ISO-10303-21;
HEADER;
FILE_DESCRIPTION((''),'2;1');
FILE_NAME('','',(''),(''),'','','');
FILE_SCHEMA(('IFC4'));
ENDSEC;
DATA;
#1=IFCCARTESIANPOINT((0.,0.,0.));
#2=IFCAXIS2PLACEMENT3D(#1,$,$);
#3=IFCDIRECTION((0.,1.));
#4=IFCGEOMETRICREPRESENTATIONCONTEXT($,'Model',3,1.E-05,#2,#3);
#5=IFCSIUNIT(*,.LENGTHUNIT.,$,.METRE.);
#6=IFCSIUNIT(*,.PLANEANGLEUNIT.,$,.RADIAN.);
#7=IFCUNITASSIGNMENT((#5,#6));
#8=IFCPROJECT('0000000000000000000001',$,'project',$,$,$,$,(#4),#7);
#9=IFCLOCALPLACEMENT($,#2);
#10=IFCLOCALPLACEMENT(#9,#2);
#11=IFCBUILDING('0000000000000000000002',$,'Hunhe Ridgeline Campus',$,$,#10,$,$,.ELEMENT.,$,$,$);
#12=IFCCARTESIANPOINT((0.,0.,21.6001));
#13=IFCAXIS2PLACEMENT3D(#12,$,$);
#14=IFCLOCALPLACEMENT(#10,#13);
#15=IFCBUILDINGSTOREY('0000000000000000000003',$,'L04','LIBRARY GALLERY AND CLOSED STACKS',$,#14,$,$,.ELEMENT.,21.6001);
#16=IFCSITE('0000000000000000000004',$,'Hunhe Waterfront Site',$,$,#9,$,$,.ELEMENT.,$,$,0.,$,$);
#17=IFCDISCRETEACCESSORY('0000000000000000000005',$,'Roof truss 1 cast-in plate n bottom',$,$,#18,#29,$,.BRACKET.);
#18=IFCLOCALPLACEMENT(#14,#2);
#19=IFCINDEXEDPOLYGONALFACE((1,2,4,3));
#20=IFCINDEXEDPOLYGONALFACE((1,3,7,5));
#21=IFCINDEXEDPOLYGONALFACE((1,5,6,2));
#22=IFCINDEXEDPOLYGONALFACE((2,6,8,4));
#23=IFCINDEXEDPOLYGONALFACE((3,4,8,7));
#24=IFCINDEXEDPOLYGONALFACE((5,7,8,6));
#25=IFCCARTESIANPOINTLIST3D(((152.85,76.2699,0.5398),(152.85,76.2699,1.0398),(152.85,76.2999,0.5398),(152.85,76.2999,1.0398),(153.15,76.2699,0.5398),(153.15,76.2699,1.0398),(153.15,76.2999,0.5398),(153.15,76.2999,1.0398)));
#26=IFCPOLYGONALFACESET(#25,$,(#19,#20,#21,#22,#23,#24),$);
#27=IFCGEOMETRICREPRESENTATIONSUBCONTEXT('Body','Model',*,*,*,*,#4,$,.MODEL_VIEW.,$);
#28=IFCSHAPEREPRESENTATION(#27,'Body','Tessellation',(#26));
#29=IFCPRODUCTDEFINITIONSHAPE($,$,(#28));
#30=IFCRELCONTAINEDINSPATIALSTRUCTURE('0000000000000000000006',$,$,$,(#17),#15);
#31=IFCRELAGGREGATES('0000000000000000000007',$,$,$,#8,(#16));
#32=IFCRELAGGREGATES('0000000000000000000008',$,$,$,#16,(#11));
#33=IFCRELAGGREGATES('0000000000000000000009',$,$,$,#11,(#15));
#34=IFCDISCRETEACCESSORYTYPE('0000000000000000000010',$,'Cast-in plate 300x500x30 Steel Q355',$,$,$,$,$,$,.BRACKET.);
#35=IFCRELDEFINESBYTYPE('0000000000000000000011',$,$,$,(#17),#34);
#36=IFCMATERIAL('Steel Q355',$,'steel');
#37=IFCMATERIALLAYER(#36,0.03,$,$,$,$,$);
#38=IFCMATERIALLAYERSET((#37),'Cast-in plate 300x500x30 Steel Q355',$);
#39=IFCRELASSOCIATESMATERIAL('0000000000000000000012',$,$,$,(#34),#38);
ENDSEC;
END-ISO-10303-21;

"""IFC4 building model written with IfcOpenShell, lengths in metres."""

from ifc_helpers import new_model, si_unit, direction, frame, origin, origin_2d, place, context, subcontext, project, spatial, rectangle, extrude, material, layer, layer_set, type_object, element, save


model = new_model("IFC4")

# Units and contexts
model_context = context("Model", 3, precision=1e-05, world=origin(), true_north=direction((0.0, 1.0)))
body_context = subcontext(model_context, "Body", "Model", "MODEL_VIEW")
ifc_project = project(units=[si_unit("LENGTHUNIT", "METRE"), si_unit("PLANEANGLEUNIT", "RADIAN")], contexts=[model_context])

# Site, building, storey
site_placement = place(None, origin())
site = spatial("IfcSite", under=ifc_project, at=site_placement, Name="Hunhe Waterfront Site", CompositionType="ELEMENT", RefElevation=0.0)
building_placement = place(site_placement, origin())
building = spatial("IfcBuilding", under=site, at=building_placement, Name="Hunhe Ridgeline Campus", CompositionType="ELEMENT")
storey_placement = place(building_placement, frame((0.0, 0.0, 21.6001)))
storey = spatial("IfcBuildingStorey", under=building, at=storey_placement, Name="L04", Description="LIBRARY GALLERY AND CLOSED STACKS", CompositionType="ELEMENT", Elevation=21.6001)

# Shared definitions
ifc_material_1 = material(Name="Steel Q355", Category="steel")

# Discrete accessory
ifc_layer_1 = layer(ifc_material_1, 0.03)
ifc_layer_set_1 = layer_set([ifc_layer_1], Name="Cast-in plate 300x500x30 Steel Q355")
discrete_accessory_type = type_object("IfcDiscreteAccessoryType", Name="Cast-in plate 300x500x30 Steel Q355", PredefinedType="BRACKET", material=ifc_layer_set_1)
discrete_accessory_placement = place(storey_placement, frame((153.0, 76.2849, 0.5398), z_axis=(0.0, 0.0, 1.0), x_axis=(0.0, 1.0, 0.0)))
element("IfcDiscreteAccessory", 1, at=discrete_accessory_placement, inside=storey, type_object=discrete_accessory_type, Name="Roof truss 1 cast-in plate n bottom", PredefinedType="BRACKET", context=body_context, shape_type="SweptSolid", body=[
    extrude(rectangle(XDim=0.03, YDim=0.3, at=origin_2d()), origin(), (0.0, 0.0, 1.0), 0.5),
])

save(model, "model.ifc")
